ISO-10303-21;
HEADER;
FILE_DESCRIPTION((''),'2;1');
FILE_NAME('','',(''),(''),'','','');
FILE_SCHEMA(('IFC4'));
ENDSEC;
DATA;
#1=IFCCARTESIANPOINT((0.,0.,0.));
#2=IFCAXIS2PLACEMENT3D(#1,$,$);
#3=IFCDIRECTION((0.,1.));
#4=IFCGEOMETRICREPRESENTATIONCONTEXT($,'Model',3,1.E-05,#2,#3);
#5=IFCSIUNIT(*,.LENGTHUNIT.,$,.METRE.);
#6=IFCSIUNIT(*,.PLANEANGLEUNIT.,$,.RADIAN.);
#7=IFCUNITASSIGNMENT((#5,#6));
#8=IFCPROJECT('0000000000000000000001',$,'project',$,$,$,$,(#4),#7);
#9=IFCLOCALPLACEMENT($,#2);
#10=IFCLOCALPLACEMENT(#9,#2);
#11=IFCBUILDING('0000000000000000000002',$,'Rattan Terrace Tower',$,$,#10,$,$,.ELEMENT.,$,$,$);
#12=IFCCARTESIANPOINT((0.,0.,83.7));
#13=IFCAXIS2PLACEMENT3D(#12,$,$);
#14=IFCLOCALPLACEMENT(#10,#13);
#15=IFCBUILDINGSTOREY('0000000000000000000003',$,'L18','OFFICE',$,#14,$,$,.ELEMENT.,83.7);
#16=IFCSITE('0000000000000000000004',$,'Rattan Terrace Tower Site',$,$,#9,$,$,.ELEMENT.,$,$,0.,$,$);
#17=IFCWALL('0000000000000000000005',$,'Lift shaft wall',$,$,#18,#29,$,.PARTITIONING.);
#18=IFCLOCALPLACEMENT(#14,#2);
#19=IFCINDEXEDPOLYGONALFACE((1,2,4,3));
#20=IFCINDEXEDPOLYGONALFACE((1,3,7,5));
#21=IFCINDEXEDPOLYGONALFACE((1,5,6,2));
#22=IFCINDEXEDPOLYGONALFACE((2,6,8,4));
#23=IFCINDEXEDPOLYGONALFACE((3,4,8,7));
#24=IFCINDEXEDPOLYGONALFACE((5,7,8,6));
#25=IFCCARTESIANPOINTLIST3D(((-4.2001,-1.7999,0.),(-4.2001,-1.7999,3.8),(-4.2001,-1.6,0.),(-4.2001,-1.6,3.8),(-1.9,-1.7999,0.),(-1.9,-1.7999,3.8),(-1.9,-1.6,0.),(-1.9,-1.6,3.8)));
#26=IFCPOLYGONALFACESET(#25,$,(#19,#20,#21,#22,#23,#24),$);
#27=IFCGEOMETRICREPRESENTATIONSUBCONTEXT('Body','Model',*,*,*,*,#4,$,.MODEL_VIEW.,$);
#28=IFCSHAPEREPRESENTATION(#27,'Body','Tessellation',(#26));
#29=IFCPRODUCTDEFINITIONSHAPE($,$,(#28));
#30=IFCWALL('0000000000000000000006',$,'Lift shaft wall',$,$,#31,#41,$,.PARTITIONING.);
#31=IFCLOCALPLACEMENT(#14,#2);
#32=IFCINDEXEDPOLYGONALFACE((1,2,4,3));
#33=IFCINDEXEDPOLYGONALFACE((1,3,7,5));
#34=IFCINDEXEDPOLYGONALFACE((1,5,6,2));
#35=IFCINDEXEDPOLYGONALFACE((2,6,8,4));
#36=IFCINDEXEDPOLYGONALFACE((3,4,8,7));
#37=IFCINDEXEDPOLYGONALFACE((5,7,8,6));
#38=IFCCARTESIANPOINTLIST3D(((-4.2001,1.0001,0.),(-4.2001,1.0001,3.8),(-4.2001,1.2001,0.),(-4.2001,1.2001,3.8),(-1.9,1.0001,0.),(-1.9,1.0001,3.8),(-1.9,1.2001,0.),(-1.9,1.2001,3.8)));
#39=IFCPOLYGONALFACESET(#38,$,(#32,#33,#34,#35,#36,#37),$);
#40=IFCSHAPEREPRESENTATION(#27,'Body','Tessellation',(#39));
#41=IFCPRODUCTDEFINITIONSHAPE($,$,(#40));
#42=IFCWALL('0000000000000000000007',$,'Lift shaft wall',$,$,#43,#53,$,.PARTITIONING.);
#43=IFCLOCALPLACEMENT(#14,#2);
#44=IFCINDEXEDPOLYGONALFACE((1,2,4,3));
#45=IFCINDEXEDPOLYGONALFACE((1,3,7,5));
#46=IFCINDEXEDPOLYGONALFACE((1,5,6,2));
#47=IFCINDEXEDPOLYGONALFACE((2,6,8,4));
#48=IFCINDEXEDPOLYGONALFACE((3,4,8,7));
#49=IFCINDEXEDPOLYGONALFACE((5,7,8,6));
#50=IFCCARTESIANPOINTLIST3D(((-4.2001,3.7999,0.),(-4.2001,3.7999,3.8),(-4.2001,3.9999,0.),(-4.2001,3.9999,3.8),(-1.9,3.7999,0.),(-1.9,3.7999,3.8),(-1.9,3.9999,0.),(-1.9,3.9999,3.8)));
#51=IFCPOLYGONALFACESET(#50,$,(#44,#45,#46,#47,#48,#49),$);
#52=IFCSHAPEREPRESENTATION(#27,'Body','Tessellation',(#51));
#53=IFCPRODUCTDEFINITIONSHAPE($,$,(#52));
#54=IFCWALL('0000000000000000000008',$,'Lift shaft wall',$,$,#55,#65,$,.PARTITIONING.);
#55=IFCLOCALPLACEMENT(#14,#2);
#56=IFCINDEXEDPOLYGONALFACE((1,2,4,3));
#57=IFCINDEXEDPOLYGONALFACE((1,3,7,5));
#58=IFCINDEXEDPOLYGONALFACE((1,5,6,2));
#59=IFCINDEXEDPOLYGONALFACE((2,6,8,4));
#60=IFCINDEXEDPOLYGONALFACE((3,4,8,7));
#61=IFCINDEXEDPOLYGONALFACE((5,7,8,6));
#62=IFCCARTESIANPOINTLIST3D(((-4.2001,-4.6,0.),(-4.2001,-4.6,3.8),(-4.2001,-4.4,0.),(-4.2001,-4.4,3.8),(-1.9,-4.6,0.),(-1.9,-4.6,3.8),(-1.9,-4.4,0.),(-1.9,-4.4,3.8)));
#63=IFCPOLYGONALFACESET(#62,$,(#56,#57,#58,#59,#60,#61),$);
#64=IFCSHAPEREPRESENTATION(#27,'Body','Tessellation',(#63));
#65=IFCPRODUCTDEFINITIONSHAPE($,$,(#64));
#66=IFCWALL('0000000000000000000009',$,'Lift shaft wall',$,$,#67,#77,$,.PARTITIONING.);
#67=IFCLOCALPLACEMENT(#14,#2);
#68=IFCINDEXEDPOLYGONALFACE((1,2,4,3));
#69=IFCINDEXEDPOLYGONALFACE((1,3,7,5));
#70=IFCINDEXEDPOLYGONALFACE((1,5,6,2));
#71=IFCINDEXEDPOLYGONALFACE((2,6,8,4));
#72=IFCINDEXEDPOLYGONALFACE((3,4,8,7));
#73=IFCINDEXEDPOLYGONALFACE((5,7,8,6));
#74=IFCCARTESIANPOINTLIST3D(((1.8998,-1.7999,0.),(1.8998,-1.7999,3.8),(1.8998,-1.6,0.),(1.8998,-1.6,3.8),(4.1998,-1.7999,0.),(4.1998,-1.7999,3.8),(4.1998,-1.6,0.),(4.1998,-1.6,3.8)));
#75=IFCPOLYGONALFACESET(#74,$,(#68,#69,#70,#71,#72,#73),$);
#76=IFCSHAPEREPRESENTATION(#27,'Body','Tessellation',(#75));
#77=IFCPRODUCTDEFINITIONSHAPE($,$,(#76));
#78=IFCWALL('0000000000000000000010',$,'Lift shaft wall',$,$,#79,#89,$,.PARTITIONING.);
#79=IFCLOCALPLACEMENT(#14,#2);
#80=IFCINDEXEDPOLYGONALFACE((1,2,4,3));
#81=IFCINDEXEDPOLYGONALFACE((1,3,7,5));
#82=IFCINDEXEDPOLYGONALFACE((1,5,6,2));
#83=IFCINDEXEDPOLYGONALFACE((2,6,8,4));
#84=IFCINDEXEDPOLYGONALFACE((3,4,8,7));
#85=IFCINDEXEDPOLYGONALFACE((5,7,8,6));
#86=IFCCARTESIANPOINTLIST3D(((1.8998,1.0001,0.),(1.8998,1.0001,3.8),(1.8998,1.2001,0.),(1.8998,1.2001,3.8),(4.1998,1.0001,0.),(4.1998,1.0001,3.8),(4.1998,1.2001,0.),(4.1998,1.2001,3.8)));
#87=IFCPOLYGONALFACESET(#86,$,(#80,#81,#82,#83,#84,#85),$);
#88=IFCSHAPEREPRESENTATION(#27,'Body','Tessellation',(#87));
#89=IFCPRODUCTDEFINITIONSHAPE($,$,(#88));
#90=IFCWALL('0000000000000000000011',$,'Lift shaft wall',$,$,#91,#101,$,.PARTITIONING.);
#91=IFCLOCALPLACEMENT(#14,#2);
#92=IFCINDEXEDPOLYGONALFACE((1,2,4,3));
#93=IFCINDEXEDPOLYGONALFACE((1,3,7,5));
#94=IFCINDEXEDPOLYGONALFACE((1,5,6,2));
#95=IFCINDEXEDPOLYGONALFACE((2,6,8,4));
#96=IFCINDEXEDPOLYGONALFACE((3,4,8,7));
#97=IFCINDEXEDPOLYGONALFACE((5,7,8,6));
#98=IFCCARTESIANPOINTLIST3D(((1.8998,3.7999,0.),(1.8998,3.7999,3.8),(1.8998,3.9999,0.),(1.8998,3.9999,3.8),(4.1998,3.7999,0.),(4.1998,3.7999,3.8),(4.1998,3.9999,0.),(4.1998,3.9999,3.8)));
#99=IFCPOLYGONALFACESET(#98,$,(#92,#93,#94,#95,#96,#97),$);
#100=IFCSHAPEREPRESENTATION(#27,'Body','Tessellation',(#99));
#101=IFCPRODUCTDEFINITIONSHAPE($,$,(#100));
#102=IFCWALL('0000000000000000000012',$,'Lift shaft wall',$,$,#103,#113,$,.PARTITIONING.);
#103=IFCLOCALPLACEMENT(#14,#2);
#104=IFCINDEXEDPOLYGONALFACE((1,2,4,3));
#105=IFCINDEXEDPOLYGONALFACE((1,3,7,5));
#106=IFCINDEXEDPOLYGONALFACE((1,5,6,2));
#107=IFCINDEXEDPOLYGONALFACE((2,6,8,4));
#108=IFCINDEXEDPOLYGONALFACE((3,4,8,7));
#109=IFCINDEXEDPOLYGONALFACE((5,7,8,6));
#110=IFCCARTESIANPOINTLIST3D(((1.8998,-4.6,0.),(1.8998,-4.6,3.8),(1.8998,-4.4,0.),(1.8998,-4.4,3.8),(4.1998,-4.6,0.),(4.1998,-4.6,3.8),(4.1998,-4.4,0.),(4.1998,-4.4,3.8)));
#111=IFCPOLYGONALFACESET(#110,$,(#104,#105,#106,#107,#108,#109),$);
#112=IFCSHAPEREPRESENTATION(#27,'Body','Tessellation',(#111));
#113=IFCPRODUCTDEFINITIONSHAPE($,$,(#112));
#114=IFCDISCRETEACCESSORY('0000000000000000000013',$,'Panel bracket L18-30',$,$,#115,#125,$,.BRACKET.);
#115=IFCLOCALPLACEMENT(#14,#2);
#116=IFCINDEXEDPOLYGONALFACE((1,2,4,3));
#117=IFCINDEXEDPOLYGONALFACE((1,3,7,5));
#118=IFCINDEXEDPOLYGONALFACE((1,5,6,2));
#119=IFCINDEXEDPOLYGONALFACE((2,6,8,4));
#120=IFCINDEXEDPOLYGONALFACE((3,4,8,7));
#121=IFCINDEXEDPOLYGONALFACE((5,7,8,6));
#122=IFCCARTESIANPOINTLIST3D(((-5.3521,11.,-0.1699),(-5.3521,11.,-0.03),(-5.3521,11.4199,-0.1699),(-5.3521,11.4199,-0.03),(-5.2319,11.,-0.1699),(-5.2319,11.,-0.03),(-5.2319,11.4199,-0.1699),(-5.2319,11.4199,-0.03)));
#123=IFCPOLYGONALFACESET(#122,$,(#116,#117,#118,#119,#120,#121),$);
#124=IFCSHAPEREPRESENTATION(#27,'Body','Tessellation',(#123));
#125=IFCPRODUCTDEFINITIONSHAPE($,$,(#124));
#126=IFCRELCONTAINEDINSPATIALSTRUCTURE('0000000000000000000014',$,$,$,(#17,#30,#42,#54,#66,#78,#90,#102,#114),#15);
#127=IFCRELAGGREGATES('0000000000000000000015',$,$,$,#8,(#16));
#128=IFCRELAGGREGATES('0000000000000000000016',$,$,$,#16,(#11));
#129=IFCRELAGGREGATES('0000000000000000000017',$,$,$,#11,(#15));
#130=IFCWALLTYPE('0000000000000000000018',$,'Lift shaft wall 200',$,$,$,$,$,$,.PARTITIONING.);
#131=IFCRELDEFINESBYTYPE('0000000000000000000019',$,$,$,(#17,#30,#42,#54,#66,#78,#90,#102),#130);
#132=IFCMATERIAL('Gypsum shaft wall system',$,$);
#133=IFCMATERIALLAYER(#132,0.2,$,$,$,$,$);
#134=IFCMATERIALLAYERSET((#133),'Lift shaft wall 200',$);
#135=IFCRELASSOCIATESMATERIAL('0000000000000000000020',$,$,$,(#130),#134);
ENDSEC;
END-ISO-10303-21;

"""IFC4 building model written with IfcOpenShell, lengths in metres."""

from ifc_helpers import new_model, si_unit, direction, frame, frame_2d, origin, origin_2d, place, context, subcontext, project, spatial, rectangle, extrude, material, layer, layer_set, type_object, element, save


model = new_model("IFC4")

# Units and contexts
model_context = context("Model", 3, precision=1e-05, world=origin(), true_north=direction((0.0, 1.0)))
body_context = subcontext(model_context, "Body", "Model", "MODEL_VIEW")
ifc_project = project(units=[si_unit("LENGTHUNIT", "METRE"), si_unit("PLANEANGLEUNIT", "RADIAN")], contexts=[model_context])

# Site, building, storey
site_placement = place(None, origin())
site = spatial("IfcSite", under=ifc_project, at=site_placement, Name="Rattan Terrace Tower Site", CompositionType="ELEMENT", RefElevation=0.0)
building_placement = place(site_placement, origin())
building = spatial("IfcBuilding", under=site, at=building_placement, Name="Rattan Terrace Tower", CompositionType="ELEMENT")
storey_placement = place(building_placement, frame((0.0, 0.0, 83.7)))
storey = spatial("IfcBuildingStorey", under=building, at=storey_placement, Name="L18", Description="OFFICE", CompositionType="ELEMENT", Elevation=83.7)

# Walls
ifc_material_1 = material(Name="Gypsum shaft wall system")
ifc_layer_1 = layer(ifc_material_1, 0.2)
ifc_layer_set_1 = layer_set([ifc_layer_1], Name="Lift shaft wall 200")
wall_type = type_object("IfcWallType", Name="Lift shaft wall 200", PredefinedType="PARTITIONING", material=ifc_layer_set_1)
for number, where, z_axis, x_axis, name in (
    (1, (-4.2, -1.7, 0.0), (0.0, 0.0, 1.0), (1.0, 0.0, 0.0), "Lift shaft wall"),
    (2, (-4.2, 1.1001, 0.0), (0.0, 0.0, 1.0), (1.0, 0.0, 0.0), "Lift shaft wall"),
    (3, (-4.2, 3.8999, 0.0), (0.0, 0.0, 1.0), (1.0, 0.0, 0.0), "Lift shaft wall"),
    (4, (-4.2, -4.5, 0.0), (0.0, 0.0, 1.0), (1.0, 0.0, 0.0), "Lift shaft wall"),
    (5, (1.8999, -1.7, 0.0), (0.0, 0.0, 1.0), (1.0, 0.0, 0.0), "Lift shaft wall"),
    (6, (1.8999, 1.1001, 0.0), (0.0, 0.0, 1.0), (1.0, 0.0, 0.0), "Lift shaft wall"),
    (7, (1.8999, 3.8999, 0.0), (0.0, 0.0, 1.0), (1.0, 0.0, 0.0), "Lift shaft wall"),
    (8, (1.8999, -4.5, 0.0), (0.0, 0.0, 1.0), (1.0, 0.0, 0.0), "Lift shaft wall"),
):
    element("IfcWall", number, at=place(storey_placement, frame(where, z_axis=z_axis, x_axis=x_axis)), inside=storey, type_object=wall_type, Name=name, PredefinedType="PARTITIONING", context=body_context, shape_type="SweptSolid", body=[
        extrude(rectangle(XDim=2.3, YDim=0.2, at=frame_2d((1.1499, 0.0))), origin(), (0.0, 0.0, 1.0), 3.8),
    ])

# Discrete accessory
discrete_accessory_placement = place(storey_placement, frame((-5.292, 11.21, -0.1699), z_axis=(0.0, 0.0, 1.0), x_axis=(-1.0, 0.0, 0.0)))
element("IfcDiscreteAccessory", 9, at=discrete_accessory_placement, inside=storey, Name="Panel bracket L18-30", PredefinedType="BRACKET", context=body_context, shape_type="SweptSolid", body=[
    extrude(rectangle(XDim=0.1201, YDim=0.4199, at=origin_2d()), origin(), (0.0, 0.0, 1.0), 0.1399),
])

save(model, "model.ifc")
